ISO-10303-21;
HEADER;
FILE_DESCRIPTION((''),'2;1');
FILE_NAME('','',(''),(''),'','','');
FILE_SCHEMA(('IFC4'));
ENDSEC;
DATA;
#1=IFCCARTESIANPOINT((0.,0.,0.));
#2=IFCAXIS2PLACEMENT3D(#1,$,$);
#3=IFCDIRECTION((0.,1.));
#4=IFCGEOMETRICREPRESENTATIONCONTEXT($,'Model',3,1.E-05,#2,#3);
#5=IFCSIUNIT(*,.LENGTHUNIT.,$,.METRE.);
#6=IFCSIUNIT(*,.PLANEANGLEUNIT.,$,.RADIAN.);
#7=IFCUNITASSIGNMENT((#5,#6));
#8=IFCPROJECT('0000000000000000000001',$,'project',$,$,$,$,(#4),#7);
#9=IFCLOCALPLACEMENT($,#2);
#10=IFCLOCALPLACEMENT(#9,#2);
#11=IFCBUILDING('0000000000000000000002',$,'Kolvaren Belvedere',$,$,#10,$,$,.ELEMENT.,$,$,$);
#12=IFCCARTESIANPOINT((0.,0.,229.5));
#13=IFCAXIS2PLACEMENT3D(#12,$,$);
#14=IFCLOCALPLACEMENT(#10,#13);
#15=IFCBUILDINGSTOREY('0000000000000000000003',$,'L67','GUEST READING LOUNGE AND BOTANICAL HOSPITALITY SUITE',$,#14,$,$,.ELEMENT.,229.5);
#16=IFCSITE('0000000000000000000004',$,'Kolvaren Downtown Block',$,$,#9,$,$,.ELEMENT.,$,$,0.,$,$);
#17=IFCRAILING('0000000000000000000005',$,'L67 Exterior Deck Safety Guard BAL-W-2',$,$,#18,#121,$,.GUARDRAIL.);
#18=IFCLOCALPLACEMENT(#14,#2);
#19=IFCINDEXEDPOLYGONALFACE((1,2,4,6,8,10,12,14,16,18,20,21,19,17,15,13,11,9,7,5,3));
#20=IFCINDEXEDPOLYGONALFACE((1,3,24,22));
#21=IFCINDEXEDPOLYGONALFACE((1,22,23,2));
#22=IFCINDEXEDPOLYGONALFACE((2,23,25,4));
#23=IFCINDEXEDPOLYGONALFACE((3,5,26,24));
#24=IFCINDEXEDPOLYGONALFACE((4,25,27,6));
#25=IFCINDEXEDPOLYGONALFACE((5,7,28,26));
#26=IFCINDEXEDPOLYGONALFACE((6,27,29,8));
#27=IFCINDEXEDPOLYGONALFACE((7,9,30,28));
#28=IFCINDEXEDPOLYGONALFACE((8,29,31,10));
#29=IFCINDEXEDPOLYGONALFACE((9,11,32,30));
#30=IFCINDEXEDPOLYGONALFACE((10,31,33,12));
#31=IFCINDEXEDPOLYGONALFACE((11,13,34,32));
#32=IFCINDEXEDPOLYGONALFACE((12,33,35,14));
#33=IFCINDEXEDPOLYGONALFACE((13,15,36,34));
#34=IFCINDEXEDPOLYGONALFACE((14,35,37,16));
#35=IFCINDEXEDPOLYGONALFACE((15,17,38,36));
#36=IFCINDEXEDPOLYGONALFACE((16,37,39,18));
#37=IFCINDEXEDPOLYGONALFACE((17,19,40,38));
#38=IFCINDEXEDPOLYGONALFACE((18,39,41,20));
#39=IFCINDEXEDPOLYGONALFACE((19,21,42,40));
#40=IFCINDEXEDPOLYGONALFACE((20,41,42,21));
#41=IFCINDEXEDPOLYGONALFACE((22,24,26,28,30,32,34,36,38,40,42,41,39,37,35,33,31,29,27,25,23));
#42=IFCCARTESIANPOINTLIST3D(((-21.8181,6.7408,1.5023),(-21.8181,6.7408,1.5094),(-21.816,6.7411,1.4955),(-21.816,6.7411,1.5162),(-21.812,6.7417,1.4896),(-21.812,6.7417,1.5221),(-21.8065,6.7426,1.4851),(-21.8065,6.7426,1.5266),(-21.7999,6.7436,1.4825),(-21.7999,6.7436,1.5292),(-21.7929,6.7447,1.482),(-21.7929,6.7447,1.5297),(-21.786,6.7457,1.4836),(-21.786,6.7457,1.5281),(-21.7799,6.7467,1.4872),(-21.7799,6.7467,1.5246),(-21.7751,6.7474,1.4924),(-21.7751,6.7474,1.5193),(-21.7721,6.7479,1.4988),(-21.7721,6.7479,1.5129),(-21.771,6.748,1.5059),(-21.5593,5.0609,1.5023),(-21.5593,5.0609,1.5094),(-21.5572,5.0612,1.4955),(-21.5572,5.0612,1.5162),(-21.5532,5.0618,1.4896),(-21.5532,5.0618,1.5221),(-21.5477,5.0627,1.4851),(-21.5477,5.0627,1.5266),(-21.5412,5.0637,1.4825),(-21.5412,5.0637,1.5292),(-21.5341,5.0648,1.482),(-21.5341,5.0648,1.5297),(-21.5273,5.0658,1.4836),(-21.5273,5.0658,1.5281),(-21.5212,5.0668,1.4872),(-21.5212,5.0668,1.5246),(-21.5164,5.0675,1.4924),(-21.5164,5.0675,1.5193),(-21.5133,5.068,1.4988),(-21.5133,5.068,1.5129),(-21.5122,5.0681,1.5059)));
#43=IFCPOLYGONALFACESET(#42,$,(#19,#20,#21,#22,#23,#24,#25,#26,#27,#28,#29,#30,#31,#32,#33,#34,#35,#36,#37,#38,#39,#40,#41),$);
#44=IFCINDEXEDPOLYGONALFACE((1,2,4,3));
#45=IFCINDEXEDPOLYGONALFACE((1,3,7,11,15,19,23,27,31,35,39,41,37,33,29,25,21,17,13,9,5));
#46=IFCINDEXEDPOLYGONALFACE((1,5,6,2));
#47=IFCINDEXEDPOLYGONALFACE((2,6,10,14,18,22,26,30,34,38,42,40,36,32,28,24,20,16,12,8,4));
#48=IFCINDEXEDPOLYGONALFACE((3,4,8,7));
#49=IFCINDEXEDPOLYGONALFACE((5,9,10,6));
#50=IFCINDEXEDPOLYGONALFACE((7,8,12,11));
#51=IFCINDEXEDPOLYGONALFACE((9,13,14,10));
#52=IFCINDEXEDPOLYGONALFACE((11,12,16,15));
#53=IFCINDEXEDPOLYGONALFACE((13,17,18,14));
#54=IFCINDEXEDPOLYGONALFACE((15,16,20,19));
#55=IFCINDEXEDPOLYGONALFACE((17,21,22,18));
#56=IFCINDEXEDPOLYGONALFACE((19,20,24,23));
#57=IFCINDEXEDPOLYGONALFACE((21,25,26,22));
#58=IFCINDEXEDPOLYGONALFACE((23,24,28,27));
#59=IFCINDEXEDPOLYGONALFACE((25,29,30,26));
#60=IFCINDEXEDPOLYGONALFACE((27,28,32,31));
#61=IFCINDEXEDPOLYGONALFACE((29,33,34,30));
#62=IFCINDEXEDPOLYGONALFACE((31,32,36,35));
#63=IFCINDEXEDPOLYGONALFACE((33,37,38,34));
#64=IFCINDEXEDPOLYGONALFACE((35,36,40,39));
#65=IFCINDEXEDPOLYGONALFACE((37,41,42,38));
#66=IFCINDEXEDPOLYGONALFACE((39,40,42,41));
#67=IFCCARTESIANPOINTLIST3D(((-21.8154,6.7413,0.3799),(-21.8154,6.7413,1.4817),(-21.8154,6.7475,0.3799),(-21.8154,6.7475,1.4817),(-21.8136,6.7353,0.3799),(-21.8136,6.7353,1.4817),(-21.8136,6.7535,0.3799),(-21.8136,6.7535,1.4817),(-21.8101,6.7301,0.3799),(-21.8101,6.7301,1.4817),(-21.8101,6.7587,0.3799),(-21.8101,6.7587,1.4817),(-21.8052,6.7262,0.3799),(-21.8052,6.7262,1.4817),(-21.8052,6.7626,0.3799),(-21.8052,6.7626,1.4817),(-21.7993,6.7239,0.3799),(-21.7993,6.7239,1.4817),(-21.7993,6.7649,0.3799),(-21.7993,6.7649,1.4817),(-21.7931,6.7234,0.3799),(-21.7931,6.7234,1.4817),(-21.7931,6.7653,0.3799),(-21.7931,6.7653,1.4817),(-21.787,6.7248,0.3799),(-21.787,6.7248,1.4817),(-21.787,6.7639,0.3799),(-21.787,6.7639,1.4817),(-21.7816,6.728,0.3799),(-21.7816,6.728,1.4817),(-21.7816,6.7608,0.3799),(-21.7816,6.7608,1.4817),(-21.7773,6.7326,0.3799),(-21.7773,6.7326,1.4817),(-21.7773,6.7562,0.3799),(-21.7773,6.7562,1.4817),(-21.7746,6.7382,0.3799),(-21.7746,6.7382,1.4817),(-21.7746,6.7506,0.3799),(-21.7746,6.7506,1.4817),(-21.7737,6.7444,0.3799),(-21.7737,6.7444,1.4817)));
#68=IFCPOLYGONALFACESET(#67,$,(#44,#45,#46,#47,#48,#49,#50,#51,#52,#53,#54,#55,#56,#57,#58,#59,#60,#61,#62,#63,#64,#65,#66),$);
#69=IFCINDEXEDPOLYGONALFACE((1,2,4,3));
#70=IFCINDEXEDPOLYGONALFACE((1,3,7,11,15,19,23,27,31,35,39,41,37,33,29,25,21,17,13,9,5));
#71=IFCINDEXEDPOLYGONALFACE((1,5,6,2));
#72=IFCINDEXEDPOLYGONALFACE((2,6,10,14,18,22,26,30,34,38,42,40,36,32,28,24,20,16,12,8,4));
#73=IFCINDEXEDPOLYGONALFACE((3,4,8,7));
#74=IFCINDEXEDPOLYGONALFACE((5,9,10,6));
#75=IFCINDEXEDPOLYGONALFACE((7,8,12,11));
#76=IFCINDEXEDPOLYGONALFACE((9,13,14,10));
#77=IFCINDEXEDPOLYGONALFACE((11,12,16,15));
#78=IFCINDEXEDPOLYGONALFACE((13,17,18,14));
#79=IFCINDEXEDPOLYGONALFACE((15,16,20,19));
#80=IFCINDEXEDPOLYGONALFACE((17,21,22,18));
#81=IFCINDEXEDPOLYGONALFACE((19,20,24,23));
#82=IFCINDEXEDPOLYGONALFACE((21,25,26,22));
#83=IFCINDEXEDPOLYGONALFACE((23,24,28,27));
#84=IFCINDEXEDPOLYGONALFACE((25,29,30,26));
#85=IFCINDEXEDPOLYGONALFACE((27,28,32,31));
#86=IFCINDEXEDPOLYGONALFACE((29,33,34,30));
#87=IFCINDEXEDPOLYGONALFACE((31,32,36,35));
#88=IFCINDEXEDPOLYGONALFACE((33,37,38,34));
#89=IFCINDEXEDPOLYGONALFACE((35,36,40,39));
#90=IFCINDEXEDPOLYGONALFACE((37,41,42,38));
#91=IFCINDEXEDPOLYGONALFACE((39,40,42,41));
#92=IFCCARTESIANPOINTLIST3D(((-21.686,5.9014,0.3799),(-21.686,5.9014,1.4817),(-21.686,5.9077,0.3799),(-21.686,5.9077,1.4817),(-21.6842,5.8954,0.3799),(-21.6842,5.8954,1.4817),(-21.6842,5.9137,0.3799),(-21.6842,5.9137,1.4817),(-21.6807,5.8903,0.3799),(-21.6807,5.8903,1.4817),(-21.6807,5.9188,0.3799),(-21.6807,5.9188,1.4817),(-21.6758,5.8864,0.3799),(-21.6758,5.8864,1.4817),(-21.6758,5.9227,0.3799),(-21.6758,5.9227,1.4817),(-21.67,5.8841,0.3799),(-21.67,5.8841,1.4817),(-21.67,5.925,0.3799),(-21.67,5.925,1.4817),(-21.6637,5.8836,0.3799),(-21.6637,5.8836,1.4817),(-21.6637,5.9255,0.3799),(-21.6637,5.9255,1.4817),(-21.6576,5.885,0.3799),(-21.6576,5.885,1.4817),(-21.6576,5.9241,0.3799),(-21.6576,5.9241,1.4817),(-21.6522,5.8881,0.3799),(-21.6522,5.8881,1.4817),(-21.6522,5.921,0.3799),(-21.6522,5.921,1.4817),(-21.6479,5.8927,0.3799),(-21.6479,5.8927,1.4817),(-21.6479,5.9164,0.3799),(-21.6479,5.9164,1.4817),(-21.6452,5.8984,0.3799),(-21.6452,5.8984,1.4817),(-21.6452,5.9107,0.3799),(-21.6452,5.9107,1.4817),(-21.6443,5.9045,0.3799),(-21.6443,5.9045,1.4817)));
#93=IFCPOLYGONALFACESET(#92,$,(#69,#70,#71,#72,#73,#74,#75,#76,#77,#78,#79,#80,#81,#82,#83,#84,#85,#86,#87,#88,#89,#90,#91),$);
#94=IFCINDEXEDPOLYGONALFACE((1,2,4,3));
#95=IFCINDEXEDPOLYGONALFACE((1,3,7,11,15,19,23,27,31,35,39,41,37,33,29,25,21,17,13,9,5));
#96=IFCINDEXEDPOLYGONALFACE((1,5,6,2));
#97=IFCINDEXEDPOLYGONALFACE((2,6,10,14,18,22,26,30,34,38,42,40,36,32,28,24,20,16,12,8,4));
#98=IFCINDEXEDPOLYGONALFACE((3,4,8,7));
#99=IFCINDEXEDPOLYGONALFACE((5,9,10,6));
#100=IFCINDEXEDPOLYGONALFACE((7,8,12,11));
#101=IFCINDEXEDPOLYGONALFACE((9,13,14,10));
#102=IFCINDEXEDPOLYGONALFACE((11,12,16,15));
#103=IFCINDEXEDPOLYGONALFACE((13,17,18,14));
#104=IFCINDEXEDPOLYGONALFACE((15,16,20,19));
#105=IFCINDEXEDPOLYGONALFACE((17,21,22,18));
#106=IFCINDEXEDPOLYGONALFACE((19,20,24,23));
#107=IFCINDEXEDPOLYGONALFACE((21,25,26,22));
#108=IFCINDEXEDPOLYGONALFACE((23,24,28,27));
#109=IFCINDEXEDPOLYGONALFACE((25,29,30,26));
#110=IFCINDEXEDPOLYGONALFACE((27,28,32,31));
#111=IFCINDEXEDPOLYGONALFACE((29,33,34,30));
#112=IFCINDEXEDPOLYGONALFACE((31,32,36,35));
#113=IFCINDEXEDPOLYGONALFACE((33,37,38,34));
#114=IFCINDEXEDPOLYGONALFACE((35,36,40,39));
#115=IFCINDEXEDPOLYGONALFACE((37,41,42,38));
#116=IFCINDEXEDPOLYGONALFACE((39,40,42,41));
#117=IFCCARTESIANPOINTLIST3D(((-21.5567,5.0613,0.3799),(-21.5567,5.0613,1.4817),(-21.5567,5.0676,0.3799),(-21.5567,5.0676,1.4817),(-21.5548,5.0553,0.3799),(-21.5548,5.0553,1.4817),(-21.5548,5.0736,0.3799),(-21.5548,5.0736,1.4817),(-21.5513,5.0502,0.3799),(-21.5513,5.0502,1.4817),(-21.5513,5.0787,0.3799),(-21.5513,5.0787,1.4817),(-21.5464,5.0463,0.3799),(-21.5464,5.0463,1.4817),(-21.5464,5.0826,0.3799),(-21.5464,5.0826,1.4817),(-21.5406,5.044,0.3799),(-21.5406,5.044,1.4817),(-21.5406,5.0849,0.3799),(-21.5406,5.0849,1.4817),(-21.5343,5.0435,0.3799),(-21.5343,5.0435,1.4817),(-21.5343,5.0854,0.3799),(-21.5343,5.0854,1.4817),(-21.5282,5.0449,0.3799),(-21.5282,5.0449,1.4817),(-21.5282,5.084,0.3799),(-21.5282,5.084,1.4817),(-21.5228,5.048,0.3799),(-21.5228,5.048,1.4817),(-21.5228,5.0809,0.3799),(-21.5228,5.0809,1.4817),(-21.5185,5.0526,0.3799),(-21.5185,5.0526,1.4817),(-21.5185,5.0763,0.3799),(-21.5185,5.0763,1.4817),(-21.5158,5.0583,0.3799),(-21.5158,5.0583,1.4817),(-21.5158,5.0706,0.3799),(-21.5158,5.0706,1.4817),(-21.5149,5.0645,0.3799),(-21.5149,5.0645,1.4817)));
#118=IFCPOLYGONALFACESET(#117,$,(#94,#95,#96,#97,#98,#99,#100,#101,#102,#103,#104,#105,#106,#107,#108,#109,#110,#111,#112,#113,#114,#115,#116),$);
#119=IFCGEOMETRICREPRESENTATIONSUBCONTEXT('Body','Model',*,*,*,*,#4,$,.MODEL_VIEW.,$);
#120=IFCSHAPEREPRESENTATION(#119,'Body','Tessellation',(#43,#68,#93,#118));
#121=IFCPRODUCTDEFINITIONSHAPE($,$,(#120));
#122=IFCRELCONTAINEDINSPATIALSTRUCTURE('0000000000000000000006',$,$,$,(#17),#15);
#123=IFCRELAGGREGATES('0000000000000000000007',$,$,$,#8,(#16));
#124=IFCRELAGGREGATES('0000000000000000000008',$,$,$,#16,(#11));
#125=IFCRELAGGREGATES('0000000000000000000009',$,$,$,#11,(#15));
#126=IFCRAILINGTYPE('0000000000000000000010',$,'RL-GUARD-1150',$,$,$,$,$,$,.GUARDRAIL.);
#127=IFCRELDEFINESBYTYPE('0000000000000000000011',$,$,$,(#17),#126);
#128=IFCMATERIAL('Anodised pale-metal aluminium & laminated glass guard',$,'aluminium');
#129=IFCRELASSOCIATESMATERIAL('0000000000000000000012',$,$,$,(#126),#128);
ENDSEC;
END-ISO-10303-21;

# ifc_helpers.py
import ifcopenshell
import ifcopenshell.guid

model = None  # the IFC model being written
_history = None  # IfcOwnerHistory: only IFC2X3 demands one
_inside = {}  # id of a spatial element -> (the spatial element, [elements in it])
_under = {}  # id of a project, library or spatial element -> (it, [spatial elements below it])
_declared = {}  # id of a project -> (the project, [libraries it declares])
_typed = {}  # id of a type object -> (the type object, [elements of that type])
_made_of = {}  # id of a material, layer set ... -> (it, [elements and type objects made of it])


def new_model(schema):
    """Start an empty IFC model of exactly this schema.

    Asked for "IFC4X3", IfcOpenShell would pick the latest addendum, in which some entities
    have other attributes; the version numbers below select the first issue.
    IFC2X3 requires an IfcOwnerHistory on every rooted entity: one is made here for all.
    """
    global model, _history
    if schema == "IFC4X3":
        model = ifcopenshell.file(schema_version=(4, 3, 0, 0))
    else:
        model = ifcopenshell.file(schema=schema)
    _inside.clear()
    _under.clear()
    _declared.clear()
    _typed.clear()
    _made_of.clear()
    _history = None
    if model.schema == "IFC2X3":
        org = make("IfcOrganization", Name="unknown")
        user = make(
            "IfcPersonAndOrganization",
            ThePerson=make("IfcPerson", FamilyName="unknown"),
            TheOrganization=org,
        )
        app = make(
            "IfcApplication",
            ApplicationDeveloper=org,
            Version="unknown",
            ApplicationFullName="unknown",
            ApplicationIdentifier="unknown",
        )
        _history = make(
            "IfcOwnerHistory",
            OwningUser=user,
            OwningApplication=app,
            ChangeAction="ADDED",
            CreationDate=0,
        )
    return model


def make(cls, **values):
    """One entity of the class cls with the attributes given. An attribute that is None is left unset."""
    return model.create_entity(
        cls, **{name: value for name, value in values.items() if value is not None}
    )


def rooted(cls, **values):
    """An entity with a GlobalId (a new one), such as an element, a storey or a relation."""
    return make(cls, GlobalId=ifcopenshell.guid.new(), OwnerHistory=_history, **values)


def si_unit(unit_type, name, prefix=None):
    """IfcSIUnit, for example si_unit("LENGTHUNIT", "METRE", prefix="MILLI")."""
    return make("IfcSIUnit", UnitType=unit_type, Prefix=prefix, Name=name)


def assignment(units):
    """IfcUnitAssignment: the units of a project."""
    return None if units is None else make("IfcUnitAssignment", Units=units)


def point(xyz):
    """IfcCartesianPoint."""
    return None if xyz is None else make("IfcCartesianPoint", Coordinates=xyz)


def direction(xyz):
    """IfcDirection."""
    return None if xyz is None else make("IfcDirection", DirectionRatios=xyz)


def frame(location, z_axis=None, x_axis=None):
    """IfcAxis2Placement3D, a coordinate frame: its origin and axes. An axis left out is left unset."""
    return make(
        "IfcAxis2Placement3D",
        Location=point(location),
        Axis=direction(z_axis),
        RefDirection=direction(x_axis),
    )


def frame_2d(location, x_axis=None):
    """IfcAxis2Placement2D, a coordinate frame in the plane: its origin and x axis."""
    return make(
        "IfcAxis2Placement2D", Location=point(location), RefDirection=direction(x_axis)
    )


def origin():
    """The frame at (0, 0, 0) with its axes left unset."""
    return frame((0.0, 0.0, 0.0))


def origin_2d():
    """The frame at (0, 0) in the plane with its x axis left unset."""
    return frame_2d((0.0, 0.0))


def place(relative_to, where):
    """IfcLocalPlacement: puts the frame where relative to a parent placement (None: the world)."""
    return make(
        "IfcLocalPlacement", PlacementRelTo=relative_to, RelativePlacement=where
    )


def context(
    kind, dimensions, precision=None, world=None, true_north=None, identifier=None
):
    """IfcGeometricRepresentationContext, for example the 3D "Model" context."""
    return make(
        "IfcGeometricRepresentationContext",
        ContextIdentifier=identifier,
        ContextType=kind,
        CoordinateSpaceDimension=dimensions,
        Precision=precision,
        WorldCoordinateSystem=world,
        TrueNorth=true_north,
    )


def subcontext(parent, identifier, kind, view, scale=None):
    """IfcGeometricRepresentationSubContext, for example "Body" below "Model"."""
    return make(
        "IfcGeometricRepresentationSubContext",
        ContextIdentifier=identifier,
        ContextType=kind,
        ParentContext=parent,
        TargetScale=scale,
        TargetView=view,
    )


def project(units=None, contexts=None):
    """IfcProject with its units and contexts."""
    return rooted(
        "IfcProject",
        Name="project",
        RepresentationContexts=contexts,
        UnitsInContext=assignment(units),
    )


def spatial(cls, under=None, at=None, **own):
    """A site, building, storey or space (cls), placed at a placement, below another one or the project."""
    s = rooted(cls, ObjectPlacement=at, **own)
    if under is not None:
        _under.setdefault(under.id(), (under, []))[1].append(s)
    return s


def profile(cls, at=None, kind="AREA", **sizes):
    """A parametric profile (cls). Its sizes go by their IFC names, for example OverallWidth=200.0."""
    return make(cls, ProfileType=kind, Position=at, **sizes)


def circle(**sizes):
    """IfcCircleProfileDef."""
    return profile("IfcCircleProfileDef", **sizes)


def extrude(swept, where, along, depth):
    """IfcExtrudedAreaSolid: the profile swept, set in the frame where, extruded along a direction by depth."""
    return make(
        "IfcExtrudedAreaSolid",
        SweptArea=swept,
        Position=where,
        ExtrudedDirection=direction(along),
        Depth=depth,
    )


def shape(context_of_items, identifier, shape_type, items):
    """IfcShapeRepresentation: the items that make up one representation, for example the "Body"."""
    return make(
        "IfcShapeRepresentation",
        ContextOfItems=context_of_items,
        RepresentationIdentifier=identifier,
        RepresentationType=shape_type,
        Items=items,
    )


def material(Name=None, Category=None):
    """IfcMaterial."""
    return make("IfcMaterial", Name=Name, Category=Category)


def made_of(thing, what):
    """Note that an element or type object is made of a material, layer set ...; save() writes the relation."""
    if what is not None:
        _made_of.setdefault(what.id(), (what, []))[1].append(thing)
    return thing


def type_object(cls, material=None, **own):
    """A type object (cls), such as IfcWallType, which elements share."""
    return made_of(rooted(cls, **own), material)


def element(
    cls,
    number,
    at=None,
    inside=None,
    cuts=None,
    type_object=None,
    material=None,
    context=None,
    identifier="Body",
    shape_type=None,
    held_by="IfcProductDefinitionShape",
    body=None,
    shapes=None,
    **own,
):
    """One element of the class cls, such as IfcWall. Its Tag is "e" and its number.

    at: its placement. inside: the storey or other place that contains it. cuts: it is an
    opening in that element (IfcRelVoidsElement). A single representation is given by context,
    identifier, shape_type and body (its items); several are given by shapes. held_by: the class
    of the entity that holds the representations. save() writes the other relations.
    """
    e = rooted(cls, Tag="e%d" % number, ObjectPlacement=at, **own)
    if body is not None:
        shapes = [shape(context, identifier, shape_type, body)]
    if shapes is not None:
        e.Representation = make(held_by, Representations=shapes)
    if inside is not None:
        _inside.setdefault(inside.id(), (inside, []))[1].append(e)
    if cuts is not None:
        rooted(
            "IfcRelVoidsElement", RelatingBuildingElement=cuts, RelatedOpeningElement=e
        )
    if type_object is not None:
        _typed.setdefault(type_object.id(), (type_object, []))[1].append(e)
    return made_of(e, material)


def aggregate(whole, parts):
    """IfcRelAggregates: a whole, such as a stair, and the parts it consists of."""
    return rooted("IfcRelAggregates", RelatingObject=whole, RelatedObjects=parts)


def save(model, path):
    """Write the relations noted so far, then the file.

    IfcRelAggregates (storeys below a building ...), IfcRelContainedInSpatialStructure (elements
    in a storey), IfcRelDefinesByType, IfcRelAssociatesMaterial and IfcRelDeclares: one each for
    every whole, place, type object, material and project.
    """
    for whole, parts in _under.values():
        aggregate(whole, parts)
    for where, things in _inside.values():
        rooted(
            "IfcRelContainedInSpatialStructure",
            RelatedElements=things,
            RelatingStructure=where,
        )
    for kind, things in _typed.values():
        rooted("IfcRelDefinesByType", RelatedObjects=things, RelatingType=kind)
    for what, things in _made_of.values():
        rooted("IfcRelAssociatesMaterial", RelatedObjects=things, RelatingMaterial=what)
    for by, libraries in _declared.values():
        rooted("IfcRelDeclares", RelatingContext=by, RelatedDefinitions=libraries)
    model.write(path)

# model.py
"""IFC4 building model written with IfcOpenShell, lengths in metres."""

from ifc_helpers import new_model, si_unit, direction, frame, origin, origin_2d, place, context, subcontext, project, spatial, circle, extrude, material, type_object, element, save


model = new_model("IFC4")

# Units and contexts
model_context = context("Model", 3, precision=1e-05, world=origin(), true_north=direction((0.0, 1.0)))
body_context = subcontext(model_context, "Body", "Model", "MODEL_VIEW")
ifc_project = project(units=[si_unit("LENGTHUNIT", "METRE"), si_unit("PLANEANGLEUNIT", "RADIAN")], contexts=[model_context])

# Site, building, storey
site_placement = place(None, origin())
site = spatial("IfcSite", under=ifc_project, at=site_placement, Name="Kolvaren Downtown Block", CompositionType="ELEMENT", RefElevation=0.0)
building_placement = place(site_placement, origin())
building = spatial("IfcBuilding", under=site, at=building_placement, Name="Kolvaren Belvedere", CompositionType="ELEMENT")
storey_placement = place(building_placement, frame((0.0, 0.0, 229.5)))
storey = spatial("IfcBuildingStorey", under=building, at=storey_placement, Name="L67", Description="GUEST READING LOUNGE AND BOTANICAL HOSPITALITY SUITE", CompositionType="ELEMENT", Elevation=229.5)

# Railing
ifc_material_1 = material(Name="Anodised pale-metal aluminium & laminated glass guard", Category="aluminium")
railing_type = type_object("IfcRailingType", Name="RL-GUARD-1150", PredefinedType="GUARDRAIL", material=ifc_material_1)
railing_1_placement = place(storey_placement, frame((-21.7947, 6.7444, 0.3799)))
element("IfcRailing", 1, at=railing_1_placement, inside=storey, type_object=railing_type, Name="L67 Exterior Deck Safety Guard BAL-W-2", PredefinedType="GUARDRAIL", context=body_context, shape_type="SweptSolid", body=[
    extrude(circle(Radius=0.0239, at=origin_2d()), frame((0.0, 0.0, 1.126), z_axis=(0.152251, -0.988342, 0.0), x_axis=(0.988342, 0.152251, 0.0)), (0.0, 0.0, 1.0), 1.6997),
    extrude(circle(Radius=0.021, at=origin_2d()), origin(), (0.0, 0.0, 1.0), 1.1018),
    extrude(circle(Radius=0.021, at=origin_2d()), frame((0.1294, -0.8398, 0.0)), (0.0, 0.0, 1.0), 1.1018),
    extrude(circle(Radius=0.021, at=origin_2d()), frame((0.2588, -1.6799, 0.0)), (0.0, 0.0, 1.0), 1.1018),
])

save(model, "model.ifc")
